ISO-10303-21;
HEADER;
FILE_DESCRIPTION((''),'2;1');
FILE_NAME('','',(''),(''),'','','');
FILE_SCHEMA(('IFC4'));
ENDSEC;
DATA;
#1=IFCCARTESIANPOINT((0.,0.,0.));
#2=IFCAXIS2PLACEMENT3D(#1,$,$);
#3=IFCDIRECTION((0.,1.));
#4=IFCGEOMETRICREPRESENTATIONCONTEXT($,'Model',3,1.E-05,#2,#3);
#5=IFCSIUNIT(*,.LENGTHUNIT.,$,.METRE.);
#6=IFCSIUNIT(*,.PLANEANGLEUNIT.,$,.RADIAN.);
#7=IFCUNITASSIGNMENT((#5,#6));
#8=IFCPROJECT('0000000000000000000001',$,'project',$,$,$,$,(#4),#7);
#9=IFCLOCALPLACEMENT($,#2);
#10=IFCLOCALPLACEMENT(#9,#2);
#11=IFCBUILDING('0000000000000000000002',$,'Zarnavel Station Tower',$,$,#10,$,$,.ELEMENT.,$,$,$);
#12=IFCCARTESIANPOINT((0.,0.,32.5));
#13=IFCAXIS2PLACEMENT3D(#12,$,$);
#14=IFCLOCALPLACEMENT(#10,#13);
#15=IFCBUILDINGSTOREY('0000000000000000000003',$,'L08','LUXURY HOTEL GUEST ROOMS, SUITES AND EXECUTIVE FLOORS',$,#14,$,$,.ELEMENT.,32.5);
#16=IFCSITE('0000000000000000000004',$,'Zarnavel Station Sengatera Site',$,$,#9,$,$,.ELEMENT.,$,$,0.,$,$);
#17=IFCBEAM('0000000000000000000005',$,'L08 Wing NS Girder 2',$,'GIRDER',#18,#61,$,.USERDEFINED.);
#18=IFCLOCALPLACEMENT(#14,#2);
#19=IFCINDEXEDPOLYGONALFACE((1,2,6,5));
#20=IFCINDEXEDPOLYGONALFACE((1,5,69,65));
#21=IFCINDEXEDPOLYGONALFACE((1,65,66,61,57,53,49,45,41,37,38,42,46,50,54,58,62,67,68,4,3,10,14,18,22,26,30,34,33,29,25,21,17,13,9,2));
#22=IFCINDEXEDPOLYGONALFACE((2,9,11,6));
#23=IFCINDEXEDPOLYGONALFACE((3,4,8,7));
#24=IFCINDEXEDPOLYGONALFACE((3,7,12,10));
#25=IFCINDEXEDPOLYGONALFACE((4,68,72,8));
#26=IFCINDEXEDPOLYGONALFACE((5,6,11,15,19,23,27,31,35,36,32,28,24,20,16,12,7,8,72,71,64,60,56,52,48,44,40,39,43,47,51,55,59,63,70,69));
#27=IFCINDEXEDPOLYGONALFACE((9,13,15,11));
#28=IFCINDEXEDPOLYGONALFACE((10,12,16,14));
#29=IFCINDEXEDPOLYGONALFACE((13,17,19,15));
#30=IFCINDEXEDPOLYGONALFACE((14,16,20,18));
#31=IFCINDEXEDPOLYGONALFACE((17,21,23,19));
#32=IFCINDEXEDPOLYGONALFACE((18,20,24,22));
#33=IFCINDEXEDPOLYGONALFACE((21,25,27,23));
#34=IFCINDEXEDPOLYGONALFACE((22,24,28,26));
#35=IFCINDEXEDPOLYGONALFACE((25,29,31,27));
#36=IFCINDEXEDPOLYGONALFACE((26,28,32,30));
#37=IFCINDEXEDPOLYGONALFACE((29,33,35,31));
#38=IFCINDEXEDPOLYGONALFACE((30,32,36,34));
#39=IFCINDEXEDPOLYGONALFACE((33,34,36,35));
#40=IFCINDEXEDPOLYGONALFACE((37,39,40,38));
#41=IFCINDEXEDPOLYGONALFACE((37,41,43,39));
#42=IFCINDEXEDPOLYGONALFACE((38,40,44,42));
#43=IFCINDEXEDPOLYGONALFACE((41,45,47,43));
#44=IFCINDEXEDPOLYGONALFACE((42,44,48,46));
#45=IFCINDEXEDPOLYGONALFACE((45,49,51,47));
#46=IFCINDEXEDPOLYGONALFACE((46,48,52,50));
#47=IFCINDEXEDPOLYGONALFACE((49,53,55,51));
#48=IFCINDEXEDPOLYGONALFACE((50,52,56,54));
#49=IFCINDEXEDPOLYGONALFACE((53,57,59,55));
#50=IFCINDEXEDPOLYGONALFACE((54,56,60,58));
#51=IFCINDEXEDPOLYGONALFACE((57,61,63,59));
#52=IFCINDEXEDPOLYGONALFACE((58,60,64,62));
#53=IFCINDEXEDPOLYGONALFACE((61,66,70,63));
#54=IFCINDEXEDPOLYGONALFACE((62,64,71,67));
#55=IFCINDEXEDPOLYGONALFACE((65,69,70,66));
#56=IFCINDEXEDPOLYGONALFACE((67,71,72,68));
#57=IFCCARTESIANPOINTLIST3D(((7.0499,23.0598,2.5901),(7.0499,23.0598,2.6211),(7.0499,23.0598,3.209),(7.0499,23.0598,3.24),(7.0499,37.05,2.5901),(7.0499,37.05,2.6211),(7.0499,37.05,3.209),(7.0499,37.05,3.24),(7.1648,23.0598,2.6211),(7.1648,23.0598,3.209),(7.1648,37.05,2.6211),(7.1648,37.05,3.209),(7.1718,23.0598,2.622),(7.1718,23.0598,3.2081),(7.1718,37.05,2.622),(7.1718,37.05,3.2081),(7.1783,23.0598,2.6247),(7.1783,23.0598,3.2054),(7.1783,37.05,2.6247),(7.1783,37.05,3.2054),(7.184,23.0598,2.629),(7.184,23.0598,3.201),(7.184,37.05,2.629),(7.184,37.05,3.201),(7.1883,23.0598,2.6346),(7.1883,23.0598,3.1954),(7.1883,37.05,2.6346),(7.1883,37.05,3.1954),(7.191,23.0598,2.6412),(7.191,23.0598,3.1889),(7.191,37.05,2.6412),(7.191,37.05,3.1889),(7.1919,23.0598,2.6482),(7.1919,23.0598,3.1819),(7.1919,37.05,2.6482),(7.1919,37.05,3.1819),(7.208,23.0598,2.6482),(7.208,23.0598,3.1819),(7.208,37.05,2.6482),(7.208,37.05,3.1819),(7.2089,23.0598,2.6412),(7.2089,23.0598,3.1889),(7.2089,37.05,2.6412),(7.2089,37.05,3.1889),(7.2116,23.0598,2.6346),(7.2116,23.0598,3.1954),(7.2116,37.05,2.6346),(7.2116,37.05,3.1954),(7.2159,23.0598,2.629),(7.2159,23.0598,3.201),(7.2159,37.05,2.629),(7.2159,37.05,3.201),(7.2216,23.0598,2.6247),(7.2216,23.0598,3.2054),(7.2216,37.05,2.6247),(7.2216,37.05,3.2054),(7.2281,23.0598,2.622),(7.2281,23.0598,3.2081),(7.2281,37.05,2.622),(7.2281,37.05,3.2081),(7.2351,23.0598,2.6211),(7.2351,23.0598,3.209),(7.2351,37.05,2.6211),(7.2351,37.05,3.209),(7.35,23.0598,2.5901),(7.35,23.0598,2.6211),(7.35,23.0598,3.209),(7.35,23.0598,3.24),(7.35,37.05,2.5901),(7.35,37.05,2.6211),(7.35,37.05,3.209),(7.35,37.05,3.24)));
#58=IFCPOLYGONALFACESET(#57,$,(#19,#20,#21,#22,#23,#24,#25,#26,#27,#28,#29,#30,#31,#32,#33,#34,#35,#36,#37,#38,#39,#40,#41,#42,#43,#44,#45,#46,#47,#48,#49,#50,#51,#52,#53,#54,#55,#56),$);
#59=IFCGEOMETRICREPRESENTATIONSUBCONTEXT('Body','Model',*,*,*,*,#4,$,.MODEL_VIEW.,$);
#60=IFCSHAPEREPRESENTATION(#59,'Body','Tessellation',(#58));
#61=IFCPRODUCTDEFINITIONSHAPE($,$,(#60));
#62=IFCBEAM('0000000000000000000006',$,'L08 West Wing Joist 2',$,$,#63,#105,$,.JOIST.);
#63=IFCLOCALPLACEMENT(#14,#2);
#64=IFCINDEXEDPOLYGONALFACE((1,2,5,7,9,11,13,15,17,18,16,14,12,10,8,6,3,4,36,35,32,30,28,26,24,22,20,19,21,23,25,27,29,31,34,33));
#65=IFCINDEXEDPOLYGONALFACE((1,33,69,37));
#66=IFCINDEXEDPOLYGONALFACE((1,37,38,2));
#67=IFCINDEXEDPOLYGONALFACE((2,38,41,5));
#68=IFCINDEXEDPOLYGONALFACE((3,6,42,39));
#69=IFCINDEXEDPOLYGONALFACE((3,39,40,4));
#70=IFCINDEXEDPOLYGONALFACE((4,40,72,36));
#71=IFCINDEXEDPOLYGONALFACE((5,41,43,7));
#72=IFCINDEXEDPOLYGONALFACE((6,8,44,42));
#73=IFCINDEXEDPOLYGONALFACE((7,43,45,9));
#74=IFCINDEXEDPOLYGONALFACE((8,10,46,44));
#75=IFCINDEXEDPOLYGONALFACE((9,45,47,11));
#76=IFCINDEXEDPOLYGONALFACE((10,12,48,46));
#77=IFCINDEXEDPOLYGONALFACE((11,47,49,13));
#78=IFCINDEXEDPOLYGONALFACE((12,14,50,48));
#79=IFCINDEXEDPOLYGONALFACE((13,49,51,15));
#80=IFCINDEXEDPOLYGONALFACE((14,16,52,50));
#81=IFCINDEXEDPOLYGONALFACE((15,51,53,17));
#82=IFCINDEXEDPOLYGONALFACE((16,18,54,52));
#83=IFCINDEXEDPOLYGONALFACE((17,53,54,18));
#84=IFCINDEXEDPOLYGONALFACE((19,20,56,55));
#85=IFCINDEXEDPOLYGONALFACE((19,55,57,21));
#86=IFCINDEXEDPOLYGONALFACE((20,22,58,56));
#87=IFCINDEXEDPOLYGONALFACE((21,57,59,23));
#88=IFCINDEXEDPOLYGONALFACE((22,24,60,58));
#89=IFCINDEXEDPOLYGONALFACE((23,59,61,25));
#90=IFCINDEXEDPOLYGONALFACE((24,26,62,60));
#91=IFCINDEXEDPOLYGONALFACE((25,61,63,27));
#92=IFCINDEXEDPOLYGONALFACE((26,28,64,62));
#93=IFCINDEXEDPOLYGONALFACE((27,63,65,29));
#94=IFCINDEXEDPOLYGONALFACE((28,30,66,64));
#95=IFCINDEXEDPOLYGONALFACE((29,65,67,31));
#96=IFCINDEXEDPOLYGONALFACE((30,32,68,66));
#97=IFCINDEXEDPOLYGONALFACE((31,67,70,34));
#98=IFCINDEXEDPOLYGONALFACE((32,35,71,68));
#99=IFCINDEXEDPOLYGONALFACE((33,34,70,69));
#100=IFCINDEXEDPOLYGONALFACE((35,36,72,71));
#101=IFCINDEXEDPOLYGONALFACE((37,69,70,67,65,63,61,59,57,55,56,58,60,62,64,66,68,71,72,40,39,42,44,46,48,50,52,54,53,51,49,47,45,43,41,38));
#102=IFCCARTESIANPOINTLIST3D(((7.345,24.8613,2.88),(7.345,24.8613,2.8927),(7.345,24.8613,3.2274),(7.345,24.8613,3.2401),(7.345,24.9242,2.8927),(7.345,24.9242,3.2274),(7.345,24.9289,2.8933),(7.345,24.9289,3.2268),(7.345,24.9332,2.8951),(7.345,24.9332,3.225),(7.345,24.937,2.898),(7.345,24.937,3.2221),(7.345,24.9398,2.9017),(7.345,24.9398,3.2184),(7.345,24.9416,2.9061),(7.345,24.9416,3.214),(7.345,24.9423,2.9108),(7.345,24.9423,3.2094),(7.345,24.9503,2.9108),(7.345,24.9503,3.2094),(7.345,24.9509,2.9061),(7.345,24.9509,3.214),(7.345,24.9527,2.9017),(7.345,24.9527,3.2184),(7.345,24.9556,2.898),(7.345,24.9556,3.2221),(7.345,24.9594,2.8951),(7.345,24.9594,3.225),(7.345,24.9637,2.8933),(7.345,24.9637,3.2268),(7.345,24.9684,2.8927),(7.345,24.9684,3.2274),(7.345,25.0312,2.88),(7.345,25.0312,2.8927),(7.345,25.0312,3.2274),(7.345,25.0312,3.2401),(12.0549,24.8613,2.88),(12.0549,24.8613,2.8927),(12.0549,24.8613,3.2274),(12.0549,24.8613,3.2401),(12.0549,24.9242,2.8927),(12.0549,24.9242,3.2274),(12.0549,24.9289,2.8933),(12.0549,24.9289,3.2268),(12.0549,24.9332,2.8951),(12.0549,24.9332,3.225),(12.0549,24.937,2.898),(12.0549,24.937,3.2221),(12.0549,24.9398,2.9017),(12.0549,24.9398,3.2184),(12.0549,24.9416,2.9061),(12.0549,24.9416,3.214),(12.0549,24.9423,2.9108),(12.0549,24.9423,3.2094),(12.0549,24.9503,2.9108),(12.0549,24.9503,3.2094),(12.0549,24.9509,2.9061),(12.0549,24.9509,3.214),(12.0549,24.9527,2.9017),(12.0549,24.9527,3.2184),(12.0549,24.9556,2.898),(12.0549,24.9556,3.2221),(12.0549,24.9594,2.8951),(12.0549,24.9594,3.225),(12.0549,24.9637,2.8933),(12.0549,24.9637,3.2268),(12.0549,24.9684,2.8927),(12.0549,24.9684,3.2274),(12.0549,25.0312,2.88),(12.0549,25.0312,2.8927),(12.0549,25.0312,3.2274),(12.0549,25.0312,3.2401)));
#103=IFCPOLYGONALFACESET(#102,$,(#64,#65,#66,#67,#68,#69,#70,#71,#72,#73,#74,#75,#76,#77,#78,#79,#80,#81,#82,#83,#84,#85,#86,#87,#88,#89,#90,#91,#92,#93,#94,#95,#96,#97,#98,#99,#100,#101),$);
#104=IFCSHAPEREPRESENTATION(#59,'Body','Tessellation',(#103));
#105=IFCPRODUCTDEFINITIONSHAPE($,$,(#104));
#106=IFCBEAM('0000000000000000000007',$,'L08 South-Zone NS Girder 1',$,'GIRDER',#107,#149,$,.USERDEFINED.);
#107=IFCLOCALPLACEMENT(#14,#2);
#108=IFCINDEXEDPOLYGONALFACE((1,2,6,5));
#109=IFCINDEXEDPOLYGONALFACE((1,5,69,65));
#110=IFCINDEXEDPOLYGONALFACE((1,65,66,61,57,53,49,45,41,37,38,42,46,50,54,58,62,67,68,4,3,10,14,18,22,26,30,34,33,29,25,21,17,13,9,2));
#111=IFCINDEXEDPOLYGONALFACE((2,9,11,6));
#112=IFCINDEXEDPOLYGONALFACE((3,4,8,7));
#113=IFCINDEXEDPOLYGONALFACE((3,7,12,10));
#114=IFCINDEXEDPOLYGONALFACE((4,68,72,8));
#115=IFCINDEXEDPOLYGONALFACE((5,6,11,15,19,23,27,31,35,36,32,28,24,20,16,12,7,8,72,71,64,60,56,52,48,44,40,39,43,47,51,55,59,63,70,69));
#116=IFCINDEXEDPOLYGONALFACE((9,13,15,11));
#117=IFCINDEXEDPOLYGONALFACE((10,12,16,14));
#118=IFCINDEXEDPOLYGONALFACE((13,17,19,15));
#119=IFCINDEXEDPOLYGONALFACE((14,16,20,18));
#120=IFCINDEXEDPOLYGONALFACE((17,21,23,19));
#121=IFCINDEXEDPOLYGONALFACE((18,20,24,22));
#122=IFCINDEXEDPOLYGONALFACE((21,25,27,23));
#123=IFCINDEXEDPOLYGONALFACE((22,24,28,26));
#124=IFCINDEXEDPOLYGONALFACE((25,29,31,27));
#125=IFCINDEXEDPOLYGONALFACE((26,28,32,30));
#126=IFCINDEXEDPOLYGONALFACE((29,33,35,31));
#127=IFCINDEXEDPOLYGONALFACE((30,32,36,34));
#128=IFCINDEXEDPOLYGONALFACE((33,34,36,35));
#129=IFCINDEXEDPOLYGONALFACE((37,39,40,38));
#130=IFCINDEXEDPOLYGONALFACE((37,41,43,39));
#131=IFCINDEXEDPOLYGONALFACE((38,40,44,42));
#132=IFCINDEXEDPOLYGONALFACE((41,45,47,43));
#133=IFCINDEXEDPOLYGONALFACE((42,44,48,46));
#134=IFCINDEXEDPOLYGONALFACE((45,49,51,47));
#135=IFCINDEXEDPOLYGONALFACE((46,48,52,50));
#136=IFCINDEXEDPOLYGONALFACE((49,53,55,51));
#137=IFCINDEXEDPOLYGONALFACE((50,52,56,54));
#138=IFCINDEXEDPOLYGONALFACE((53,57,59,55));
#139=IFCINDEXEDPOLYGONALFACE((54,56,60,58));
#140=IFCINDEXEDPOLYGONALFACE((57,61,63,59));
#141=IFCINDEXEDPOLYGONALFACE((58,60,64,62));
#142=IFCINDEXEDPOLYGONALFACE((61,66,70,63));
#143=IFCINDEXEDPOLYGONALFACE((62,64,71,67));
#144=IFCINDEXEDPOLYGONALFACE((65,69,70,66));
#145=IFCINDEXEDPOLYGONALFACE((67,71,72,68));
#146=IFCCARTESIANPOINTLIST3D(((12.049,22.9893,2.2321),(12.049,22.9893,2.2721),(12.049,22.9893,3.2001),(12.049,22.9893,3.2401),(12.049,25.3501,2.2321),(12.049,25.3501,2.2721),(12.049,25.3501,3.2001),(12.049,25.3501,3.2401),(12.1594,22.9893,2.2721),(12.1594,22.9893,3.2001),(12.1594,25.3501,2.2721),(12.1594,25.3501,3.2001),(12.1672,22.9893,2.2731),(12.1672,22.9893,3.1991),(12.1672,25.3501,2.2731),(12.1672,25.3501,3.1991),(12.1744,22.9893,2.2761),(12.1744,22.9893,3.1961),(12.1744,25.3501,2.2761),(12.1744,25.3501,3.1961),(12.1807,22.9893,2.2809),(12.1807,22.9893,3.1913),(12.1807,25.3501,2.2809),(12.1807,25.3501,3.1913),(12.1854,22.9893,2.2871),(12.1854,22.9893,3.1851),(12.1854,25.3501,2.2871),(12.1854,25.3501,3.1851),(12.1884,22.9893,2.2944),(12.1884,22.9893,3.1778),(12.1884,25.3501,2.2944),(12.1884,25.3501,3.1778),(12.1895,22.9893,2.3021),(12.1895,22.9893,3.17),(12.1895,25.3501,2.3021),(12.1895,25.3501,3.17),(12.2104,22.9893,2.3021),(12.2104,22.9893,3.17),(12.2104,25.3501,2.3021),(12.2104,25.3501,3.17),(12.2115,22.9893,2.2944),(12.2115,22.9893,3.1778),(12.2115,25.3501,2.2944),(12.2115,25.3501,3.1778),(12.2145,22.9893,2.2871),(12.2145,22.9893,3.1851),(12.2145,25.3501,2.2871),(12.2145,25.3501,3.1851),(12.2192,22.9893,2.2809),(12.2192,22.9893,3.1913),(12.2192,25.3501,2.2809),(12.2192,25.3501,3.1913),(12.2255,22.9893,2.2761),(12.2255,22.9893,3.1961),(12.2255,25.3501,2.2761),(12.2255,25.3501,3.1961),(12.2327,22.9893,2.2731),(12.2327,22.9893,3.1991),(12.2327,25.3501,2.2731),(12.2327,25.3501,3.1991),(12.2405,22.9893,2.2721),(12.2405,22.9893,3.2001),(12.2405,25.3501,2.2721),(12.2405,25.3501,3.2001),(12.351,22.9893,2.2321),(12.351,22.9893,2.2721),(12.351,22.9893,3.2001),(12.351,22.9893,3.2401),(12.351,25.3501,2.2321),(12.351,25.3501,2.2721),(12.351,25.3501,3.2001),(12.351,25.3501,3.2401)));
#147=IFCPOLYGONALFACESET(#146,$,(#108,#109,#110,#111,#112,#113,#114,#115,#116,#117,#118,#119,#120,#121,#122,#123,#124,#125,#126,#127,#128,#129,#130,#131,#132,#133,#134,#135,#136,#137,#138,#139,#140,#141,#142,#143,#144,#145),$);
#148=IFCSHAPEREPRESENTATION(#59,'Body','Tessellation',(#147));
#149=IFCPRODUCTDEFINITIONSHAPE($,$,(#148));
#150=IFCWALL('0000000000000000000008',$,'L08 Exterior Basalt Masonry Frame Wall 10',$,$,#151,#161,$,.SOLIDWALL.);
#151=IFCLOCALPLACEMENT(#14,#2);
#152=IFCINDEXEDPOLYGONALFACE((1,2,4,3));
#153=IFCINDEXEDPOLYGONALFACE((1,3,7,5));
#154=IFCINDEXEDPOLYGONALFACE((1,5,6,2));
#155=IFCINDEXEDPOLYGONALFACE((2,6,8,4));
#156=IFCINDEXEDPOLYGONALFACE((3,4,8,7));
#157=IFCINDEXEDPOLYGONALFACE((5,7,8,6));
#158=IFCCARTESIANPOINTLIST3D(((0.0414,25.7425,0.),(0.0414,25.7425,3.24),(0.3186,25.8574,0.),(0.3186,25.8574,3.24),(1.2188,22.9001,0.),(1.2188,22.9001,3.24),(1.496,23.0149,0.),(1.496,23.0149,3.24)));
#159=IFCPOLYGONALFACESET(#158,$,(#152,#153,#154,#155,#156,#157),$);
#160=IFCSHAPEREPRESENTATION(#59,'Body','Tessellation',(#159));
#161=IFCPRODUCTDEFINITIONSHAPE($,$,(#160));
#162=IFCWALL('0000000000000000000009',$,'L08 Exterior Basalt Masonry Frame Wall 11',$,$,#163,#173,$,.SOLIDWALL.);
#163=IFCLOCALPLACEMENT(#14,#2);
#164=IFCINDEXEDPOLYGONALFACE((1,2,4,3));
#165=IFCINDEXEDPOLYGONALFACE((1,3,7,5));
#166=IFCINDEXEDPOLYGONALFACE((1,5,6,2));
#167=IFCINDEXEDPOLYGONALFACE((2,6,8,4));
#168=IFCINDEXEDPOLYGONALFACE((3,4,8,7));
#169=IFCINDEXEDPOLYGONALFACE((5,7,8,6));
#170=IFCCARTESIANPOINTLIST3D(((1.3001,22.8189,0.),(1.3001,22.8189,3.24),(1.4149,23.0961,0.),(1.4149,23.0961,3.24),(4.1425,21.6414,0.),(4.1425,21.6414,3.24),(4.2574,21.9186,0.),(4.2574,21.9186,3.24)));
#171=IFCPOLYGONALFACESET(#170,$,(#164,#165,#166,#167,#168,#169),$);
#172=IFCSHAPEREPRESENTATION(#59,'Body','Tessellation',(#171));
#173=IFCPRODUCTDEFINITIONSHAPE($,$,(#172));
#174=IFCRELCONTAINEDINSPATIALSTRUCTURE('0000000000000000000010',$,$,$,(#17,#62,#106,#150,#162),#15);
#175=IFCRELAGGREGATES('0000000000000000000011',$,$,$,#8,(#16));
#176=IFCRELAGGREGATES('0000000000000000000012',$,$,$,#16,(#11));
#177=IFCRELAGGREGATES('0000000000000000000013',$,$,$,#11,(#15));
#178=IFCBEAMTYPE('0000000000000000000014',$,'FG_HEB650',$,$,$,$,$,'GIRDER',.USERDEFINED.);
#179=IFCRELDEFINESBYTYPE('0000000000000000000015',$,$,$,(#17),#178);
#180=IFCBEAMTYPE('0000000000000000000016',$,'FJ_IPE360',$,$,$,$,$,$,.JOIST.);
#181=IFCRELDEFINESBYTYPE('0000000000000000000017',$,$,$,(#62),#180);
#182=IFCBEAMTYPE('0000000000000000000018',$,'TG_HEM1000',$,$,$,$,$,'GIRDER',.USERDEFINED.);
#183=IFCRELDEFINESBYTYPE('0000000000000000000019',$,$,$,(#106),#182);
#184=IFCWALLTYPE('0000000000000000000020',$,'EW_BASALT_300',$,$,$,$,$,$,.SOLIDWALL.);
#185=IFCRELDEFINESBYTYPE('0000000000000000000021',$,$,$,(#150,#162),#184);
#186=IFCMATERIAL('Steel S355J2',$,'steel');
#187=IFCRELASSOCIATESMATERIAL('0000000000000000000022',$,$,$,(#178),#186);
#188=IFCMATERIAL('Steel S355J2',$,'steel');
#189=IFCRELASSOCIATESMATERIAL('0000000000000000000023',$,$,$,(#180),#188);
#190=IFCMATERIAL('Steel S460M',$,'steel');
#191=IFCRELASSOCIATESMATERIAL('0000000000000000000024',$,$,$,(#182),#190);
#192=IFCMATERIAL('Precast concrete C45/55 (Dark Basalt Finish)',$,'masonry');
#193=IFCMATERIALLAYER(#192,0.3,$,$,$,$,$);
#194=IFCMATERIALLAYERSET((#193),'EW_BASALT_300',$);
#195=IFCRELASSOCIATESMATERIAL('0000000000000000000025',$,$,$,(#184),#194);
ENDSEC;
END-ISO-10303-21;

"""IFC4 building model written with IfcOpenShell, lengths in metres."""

from ifc_helpers import new_model, si_unit, direction, frame, frame_2d, origin, origin_2d, place, context, subcontext, project, spatial, rectangle, i_section, extrude, material, layer, layer_set, material_profile, profile_set, type_object, element, save


model = new_model("IFC4")

# Units and contexts
model_context = context("Model", 3, precision=1e-05, world=origin(), true_north=direction((0.0, 1.0)))
body_context = subcontext(model_context, "Body", "Model", "MODEL_VIEW")
ifc_project = project(units=[si_unit("LENGTHUNIT", "METRE"), si_unit("PLANEANGLEUNIT", "RADIAN")], contexts=[model_context])

# Site, building, storey
site_placement = place(None, origin())
site = spatial("IfcSite", under=ifc_project, at=site_placement, Name="Zarnavel Station Sengatera Site", CompositionType="ELEMENT", RefElevation=0.0)
building_placement = place(site_placement, origin())
building = spatial("IfcBuilding", under=site, at=building_placement, Name="Zarnavel Station Tower", CompositionType="ELEMENT")
storey_placement = place(building_placement, frame((0.0, 0.0, 32.5)))
storey = spatial("IfcBuildingStorey", under=building, at=storey_placement, Name="L08", Description="LUXURY HOTEL GUEST ROOMS, SUITES AND EXECUTIVE FLOORS", CompositionType="ELEMENT", Elevation=32.5)

# Beams
ifc_material_1 = material(Name="Steel S355J2", Category="steel")
ifc_material_profile_1 = material_profile(ifc_material_1, i_section(OverallWidth=0.3, OverallDepth=0.6499, WebThickness=0.0161, FlangeThickness=0.031, FilletRadius=0.0271, at=origin_2d()), Name="HEB650")
ifc_profile_set_1 = profile_set([ifc_material_profile_1], Name="Steel S355J2")
beam_type_1 = type_object("IfcBeamType", Name="FG_HEB650", ElementType="GIRDER", PredefinedType="USERDEFINED", material=ifc_profile_set_1)
beam_1_placement = place(storey_placement, frame((7.2, 23.0598, 2.915), z_axis=(0.0, 1.0, 0.0), x_axis=(-1.0, 0.0, 0.0)))
element("IfcBeam", 1, at=beam_1_placement, inside=storey, type_object=beam_type_1, Name="L08 Wing NS Girder 2", ObjectType="GIRDER", PredefinedType="USERDEFINED", context=body_context, shape_type="SweptSolid", body=[
    extrude(i_section(OverallWidth=0.3, OverallDepth=0.6499, WebThickness=0.0161, FlangeThickness=0.031, FilletRadius=0.0271, at=origin_2d()), origin(), (0.0, 0.0, 1.0), 13.9902),
])
ifc_material_2 = material(Name="Steel S355J2", Category="steel")
ifc_material_profile_2 = material_profile(ifc_material_2, i_section(OverallWidth=0.1699, OverallDepth=0.3601, WebThickness=0.0081, FlangeThickness=0.0127, FilletRadius=0.0181, at=origin_2d()), Name="IPE360")
ifc_profile_set_2 = profile_set([ifc_material_profile_2], Name="Steel S355J2")
beam_type_2 = type_object("IfcBeamType", Name="FJ_IPE360", PredefinedType="JOIST", material=ifc_profile_set_2)
beam_2_placement = place(storey_placement, frame((7.345, 24.9463, 3.0601), z_axis=(1.0, 0.0, 0.0), x_axis=(0.0, 1.0, 0.0)))
element("IfcBeam", 2, at=beam_2_placement, inside=storey, type_object=beam_type_2, Name="L08 West Wing Joist 2", PredefinedType="JOIST", context=body_context, shape_type="SweptSolid", body=[
    extrude(i_section(OverallWidth=0.1699, OverallDepth=0.3601, WebThickness=0.0081, FlangeThickness=0.0127, FilletRadius=0.0181, at=origin_2d()), origin(), (0.0, 0.0, 1.0), 4.71),
])
ifc_material_3 = material(Name="Steel S460M", Category="steel")
ifc_material_profile_3 = material_profile(ifc_material_3, i_section(OverallWidth=0.302, OverallDepth=1.0081, WebThickness=0.021, FlangeThickness=0.04, FilletRadius=0.03, at=origin_2d()), Name="HEM1000")
ifc_profile_set_3 = profile_set([ifc_material_profile_3], Name="Steel S460M")
beam_type_3 = type_object("IfcBeamType", Name="TG_HEM1000", ElementType="GIRDER", PredefinedType="USERDEFINED", material=ifc_profile_set_3)
beam_3_placement = place(storey_placement, frame((12.2, 22.9893, 2.7361), z_axis=(0.0, 1.0, 0.0), x_axis=(-1.0, 0.0, 0.0)))
element("IfcBeam", 3, at=beam_3_placement, inside=storey, type_object=beam_type_3, Name="L08 South-Zone NS Girder 1", ObjectType="GIRDER", PredefinedType="USERDEFINED", context=body_context, shape_type="SweptSolid", body=[
    extrude(i_section(OverallWidth=0.302, OverallDepth=1.0081, WebThickness=0.021, FlangeThickness=0.04, FilletRadius=0.03, at=origin_2d()), origin(), (0.0, 0.0, 1.0), 2.3608),
])

# Walls
ifc_material_4 = material(Name="Precast concrete C45/55 (Dark Basalt Finish)", Category="masonry")
ifc_layer_1 = layer(ifc_material_4, 0.3)
ifc_layer_set_1 = layer_set([ifc_layer_1], Name="EW_BASALT_300")
wall_type_1 = type_object("IfcWallType", Name="EW_BASALT_300", PredefinedType="SOLIDWALL", material=ifc_layer_set_1)
for number, where, z_axis, x_axis, name in (
    (4, (1.3574, 22.9575, 0.0), (0.0, 0.0, 1.0), (-0.382705, 0.923871, 0.0), "L08 Exterior Basalt Masonry Frame Wall 10"),
    (5, (4.2, 21.78, 0.0), (0.0, 0.0, 1.0), (-0.923871, 0.382705, 0.0), "L08 Exterior Basalt Masonry Frame Wall 11"),
):
    element("IfcWall", number, at=place(storey_placement, frame(where, z_axis=z_axis, x_axis=x_axis)), inside=storey, type_object=wall_type_1, Name=name, PredefinedType="SOLIDWALL", context=body_context, shape_type="SweptSolid", body=[
        extrude(rectangle(XDim=3.0767, YDim=0.3, at=frame_2d((1.5383, 0.0))), origin(), (0.0, 0.0, 1.0), 3.24),
    ])

save(model, "model.ifc")
